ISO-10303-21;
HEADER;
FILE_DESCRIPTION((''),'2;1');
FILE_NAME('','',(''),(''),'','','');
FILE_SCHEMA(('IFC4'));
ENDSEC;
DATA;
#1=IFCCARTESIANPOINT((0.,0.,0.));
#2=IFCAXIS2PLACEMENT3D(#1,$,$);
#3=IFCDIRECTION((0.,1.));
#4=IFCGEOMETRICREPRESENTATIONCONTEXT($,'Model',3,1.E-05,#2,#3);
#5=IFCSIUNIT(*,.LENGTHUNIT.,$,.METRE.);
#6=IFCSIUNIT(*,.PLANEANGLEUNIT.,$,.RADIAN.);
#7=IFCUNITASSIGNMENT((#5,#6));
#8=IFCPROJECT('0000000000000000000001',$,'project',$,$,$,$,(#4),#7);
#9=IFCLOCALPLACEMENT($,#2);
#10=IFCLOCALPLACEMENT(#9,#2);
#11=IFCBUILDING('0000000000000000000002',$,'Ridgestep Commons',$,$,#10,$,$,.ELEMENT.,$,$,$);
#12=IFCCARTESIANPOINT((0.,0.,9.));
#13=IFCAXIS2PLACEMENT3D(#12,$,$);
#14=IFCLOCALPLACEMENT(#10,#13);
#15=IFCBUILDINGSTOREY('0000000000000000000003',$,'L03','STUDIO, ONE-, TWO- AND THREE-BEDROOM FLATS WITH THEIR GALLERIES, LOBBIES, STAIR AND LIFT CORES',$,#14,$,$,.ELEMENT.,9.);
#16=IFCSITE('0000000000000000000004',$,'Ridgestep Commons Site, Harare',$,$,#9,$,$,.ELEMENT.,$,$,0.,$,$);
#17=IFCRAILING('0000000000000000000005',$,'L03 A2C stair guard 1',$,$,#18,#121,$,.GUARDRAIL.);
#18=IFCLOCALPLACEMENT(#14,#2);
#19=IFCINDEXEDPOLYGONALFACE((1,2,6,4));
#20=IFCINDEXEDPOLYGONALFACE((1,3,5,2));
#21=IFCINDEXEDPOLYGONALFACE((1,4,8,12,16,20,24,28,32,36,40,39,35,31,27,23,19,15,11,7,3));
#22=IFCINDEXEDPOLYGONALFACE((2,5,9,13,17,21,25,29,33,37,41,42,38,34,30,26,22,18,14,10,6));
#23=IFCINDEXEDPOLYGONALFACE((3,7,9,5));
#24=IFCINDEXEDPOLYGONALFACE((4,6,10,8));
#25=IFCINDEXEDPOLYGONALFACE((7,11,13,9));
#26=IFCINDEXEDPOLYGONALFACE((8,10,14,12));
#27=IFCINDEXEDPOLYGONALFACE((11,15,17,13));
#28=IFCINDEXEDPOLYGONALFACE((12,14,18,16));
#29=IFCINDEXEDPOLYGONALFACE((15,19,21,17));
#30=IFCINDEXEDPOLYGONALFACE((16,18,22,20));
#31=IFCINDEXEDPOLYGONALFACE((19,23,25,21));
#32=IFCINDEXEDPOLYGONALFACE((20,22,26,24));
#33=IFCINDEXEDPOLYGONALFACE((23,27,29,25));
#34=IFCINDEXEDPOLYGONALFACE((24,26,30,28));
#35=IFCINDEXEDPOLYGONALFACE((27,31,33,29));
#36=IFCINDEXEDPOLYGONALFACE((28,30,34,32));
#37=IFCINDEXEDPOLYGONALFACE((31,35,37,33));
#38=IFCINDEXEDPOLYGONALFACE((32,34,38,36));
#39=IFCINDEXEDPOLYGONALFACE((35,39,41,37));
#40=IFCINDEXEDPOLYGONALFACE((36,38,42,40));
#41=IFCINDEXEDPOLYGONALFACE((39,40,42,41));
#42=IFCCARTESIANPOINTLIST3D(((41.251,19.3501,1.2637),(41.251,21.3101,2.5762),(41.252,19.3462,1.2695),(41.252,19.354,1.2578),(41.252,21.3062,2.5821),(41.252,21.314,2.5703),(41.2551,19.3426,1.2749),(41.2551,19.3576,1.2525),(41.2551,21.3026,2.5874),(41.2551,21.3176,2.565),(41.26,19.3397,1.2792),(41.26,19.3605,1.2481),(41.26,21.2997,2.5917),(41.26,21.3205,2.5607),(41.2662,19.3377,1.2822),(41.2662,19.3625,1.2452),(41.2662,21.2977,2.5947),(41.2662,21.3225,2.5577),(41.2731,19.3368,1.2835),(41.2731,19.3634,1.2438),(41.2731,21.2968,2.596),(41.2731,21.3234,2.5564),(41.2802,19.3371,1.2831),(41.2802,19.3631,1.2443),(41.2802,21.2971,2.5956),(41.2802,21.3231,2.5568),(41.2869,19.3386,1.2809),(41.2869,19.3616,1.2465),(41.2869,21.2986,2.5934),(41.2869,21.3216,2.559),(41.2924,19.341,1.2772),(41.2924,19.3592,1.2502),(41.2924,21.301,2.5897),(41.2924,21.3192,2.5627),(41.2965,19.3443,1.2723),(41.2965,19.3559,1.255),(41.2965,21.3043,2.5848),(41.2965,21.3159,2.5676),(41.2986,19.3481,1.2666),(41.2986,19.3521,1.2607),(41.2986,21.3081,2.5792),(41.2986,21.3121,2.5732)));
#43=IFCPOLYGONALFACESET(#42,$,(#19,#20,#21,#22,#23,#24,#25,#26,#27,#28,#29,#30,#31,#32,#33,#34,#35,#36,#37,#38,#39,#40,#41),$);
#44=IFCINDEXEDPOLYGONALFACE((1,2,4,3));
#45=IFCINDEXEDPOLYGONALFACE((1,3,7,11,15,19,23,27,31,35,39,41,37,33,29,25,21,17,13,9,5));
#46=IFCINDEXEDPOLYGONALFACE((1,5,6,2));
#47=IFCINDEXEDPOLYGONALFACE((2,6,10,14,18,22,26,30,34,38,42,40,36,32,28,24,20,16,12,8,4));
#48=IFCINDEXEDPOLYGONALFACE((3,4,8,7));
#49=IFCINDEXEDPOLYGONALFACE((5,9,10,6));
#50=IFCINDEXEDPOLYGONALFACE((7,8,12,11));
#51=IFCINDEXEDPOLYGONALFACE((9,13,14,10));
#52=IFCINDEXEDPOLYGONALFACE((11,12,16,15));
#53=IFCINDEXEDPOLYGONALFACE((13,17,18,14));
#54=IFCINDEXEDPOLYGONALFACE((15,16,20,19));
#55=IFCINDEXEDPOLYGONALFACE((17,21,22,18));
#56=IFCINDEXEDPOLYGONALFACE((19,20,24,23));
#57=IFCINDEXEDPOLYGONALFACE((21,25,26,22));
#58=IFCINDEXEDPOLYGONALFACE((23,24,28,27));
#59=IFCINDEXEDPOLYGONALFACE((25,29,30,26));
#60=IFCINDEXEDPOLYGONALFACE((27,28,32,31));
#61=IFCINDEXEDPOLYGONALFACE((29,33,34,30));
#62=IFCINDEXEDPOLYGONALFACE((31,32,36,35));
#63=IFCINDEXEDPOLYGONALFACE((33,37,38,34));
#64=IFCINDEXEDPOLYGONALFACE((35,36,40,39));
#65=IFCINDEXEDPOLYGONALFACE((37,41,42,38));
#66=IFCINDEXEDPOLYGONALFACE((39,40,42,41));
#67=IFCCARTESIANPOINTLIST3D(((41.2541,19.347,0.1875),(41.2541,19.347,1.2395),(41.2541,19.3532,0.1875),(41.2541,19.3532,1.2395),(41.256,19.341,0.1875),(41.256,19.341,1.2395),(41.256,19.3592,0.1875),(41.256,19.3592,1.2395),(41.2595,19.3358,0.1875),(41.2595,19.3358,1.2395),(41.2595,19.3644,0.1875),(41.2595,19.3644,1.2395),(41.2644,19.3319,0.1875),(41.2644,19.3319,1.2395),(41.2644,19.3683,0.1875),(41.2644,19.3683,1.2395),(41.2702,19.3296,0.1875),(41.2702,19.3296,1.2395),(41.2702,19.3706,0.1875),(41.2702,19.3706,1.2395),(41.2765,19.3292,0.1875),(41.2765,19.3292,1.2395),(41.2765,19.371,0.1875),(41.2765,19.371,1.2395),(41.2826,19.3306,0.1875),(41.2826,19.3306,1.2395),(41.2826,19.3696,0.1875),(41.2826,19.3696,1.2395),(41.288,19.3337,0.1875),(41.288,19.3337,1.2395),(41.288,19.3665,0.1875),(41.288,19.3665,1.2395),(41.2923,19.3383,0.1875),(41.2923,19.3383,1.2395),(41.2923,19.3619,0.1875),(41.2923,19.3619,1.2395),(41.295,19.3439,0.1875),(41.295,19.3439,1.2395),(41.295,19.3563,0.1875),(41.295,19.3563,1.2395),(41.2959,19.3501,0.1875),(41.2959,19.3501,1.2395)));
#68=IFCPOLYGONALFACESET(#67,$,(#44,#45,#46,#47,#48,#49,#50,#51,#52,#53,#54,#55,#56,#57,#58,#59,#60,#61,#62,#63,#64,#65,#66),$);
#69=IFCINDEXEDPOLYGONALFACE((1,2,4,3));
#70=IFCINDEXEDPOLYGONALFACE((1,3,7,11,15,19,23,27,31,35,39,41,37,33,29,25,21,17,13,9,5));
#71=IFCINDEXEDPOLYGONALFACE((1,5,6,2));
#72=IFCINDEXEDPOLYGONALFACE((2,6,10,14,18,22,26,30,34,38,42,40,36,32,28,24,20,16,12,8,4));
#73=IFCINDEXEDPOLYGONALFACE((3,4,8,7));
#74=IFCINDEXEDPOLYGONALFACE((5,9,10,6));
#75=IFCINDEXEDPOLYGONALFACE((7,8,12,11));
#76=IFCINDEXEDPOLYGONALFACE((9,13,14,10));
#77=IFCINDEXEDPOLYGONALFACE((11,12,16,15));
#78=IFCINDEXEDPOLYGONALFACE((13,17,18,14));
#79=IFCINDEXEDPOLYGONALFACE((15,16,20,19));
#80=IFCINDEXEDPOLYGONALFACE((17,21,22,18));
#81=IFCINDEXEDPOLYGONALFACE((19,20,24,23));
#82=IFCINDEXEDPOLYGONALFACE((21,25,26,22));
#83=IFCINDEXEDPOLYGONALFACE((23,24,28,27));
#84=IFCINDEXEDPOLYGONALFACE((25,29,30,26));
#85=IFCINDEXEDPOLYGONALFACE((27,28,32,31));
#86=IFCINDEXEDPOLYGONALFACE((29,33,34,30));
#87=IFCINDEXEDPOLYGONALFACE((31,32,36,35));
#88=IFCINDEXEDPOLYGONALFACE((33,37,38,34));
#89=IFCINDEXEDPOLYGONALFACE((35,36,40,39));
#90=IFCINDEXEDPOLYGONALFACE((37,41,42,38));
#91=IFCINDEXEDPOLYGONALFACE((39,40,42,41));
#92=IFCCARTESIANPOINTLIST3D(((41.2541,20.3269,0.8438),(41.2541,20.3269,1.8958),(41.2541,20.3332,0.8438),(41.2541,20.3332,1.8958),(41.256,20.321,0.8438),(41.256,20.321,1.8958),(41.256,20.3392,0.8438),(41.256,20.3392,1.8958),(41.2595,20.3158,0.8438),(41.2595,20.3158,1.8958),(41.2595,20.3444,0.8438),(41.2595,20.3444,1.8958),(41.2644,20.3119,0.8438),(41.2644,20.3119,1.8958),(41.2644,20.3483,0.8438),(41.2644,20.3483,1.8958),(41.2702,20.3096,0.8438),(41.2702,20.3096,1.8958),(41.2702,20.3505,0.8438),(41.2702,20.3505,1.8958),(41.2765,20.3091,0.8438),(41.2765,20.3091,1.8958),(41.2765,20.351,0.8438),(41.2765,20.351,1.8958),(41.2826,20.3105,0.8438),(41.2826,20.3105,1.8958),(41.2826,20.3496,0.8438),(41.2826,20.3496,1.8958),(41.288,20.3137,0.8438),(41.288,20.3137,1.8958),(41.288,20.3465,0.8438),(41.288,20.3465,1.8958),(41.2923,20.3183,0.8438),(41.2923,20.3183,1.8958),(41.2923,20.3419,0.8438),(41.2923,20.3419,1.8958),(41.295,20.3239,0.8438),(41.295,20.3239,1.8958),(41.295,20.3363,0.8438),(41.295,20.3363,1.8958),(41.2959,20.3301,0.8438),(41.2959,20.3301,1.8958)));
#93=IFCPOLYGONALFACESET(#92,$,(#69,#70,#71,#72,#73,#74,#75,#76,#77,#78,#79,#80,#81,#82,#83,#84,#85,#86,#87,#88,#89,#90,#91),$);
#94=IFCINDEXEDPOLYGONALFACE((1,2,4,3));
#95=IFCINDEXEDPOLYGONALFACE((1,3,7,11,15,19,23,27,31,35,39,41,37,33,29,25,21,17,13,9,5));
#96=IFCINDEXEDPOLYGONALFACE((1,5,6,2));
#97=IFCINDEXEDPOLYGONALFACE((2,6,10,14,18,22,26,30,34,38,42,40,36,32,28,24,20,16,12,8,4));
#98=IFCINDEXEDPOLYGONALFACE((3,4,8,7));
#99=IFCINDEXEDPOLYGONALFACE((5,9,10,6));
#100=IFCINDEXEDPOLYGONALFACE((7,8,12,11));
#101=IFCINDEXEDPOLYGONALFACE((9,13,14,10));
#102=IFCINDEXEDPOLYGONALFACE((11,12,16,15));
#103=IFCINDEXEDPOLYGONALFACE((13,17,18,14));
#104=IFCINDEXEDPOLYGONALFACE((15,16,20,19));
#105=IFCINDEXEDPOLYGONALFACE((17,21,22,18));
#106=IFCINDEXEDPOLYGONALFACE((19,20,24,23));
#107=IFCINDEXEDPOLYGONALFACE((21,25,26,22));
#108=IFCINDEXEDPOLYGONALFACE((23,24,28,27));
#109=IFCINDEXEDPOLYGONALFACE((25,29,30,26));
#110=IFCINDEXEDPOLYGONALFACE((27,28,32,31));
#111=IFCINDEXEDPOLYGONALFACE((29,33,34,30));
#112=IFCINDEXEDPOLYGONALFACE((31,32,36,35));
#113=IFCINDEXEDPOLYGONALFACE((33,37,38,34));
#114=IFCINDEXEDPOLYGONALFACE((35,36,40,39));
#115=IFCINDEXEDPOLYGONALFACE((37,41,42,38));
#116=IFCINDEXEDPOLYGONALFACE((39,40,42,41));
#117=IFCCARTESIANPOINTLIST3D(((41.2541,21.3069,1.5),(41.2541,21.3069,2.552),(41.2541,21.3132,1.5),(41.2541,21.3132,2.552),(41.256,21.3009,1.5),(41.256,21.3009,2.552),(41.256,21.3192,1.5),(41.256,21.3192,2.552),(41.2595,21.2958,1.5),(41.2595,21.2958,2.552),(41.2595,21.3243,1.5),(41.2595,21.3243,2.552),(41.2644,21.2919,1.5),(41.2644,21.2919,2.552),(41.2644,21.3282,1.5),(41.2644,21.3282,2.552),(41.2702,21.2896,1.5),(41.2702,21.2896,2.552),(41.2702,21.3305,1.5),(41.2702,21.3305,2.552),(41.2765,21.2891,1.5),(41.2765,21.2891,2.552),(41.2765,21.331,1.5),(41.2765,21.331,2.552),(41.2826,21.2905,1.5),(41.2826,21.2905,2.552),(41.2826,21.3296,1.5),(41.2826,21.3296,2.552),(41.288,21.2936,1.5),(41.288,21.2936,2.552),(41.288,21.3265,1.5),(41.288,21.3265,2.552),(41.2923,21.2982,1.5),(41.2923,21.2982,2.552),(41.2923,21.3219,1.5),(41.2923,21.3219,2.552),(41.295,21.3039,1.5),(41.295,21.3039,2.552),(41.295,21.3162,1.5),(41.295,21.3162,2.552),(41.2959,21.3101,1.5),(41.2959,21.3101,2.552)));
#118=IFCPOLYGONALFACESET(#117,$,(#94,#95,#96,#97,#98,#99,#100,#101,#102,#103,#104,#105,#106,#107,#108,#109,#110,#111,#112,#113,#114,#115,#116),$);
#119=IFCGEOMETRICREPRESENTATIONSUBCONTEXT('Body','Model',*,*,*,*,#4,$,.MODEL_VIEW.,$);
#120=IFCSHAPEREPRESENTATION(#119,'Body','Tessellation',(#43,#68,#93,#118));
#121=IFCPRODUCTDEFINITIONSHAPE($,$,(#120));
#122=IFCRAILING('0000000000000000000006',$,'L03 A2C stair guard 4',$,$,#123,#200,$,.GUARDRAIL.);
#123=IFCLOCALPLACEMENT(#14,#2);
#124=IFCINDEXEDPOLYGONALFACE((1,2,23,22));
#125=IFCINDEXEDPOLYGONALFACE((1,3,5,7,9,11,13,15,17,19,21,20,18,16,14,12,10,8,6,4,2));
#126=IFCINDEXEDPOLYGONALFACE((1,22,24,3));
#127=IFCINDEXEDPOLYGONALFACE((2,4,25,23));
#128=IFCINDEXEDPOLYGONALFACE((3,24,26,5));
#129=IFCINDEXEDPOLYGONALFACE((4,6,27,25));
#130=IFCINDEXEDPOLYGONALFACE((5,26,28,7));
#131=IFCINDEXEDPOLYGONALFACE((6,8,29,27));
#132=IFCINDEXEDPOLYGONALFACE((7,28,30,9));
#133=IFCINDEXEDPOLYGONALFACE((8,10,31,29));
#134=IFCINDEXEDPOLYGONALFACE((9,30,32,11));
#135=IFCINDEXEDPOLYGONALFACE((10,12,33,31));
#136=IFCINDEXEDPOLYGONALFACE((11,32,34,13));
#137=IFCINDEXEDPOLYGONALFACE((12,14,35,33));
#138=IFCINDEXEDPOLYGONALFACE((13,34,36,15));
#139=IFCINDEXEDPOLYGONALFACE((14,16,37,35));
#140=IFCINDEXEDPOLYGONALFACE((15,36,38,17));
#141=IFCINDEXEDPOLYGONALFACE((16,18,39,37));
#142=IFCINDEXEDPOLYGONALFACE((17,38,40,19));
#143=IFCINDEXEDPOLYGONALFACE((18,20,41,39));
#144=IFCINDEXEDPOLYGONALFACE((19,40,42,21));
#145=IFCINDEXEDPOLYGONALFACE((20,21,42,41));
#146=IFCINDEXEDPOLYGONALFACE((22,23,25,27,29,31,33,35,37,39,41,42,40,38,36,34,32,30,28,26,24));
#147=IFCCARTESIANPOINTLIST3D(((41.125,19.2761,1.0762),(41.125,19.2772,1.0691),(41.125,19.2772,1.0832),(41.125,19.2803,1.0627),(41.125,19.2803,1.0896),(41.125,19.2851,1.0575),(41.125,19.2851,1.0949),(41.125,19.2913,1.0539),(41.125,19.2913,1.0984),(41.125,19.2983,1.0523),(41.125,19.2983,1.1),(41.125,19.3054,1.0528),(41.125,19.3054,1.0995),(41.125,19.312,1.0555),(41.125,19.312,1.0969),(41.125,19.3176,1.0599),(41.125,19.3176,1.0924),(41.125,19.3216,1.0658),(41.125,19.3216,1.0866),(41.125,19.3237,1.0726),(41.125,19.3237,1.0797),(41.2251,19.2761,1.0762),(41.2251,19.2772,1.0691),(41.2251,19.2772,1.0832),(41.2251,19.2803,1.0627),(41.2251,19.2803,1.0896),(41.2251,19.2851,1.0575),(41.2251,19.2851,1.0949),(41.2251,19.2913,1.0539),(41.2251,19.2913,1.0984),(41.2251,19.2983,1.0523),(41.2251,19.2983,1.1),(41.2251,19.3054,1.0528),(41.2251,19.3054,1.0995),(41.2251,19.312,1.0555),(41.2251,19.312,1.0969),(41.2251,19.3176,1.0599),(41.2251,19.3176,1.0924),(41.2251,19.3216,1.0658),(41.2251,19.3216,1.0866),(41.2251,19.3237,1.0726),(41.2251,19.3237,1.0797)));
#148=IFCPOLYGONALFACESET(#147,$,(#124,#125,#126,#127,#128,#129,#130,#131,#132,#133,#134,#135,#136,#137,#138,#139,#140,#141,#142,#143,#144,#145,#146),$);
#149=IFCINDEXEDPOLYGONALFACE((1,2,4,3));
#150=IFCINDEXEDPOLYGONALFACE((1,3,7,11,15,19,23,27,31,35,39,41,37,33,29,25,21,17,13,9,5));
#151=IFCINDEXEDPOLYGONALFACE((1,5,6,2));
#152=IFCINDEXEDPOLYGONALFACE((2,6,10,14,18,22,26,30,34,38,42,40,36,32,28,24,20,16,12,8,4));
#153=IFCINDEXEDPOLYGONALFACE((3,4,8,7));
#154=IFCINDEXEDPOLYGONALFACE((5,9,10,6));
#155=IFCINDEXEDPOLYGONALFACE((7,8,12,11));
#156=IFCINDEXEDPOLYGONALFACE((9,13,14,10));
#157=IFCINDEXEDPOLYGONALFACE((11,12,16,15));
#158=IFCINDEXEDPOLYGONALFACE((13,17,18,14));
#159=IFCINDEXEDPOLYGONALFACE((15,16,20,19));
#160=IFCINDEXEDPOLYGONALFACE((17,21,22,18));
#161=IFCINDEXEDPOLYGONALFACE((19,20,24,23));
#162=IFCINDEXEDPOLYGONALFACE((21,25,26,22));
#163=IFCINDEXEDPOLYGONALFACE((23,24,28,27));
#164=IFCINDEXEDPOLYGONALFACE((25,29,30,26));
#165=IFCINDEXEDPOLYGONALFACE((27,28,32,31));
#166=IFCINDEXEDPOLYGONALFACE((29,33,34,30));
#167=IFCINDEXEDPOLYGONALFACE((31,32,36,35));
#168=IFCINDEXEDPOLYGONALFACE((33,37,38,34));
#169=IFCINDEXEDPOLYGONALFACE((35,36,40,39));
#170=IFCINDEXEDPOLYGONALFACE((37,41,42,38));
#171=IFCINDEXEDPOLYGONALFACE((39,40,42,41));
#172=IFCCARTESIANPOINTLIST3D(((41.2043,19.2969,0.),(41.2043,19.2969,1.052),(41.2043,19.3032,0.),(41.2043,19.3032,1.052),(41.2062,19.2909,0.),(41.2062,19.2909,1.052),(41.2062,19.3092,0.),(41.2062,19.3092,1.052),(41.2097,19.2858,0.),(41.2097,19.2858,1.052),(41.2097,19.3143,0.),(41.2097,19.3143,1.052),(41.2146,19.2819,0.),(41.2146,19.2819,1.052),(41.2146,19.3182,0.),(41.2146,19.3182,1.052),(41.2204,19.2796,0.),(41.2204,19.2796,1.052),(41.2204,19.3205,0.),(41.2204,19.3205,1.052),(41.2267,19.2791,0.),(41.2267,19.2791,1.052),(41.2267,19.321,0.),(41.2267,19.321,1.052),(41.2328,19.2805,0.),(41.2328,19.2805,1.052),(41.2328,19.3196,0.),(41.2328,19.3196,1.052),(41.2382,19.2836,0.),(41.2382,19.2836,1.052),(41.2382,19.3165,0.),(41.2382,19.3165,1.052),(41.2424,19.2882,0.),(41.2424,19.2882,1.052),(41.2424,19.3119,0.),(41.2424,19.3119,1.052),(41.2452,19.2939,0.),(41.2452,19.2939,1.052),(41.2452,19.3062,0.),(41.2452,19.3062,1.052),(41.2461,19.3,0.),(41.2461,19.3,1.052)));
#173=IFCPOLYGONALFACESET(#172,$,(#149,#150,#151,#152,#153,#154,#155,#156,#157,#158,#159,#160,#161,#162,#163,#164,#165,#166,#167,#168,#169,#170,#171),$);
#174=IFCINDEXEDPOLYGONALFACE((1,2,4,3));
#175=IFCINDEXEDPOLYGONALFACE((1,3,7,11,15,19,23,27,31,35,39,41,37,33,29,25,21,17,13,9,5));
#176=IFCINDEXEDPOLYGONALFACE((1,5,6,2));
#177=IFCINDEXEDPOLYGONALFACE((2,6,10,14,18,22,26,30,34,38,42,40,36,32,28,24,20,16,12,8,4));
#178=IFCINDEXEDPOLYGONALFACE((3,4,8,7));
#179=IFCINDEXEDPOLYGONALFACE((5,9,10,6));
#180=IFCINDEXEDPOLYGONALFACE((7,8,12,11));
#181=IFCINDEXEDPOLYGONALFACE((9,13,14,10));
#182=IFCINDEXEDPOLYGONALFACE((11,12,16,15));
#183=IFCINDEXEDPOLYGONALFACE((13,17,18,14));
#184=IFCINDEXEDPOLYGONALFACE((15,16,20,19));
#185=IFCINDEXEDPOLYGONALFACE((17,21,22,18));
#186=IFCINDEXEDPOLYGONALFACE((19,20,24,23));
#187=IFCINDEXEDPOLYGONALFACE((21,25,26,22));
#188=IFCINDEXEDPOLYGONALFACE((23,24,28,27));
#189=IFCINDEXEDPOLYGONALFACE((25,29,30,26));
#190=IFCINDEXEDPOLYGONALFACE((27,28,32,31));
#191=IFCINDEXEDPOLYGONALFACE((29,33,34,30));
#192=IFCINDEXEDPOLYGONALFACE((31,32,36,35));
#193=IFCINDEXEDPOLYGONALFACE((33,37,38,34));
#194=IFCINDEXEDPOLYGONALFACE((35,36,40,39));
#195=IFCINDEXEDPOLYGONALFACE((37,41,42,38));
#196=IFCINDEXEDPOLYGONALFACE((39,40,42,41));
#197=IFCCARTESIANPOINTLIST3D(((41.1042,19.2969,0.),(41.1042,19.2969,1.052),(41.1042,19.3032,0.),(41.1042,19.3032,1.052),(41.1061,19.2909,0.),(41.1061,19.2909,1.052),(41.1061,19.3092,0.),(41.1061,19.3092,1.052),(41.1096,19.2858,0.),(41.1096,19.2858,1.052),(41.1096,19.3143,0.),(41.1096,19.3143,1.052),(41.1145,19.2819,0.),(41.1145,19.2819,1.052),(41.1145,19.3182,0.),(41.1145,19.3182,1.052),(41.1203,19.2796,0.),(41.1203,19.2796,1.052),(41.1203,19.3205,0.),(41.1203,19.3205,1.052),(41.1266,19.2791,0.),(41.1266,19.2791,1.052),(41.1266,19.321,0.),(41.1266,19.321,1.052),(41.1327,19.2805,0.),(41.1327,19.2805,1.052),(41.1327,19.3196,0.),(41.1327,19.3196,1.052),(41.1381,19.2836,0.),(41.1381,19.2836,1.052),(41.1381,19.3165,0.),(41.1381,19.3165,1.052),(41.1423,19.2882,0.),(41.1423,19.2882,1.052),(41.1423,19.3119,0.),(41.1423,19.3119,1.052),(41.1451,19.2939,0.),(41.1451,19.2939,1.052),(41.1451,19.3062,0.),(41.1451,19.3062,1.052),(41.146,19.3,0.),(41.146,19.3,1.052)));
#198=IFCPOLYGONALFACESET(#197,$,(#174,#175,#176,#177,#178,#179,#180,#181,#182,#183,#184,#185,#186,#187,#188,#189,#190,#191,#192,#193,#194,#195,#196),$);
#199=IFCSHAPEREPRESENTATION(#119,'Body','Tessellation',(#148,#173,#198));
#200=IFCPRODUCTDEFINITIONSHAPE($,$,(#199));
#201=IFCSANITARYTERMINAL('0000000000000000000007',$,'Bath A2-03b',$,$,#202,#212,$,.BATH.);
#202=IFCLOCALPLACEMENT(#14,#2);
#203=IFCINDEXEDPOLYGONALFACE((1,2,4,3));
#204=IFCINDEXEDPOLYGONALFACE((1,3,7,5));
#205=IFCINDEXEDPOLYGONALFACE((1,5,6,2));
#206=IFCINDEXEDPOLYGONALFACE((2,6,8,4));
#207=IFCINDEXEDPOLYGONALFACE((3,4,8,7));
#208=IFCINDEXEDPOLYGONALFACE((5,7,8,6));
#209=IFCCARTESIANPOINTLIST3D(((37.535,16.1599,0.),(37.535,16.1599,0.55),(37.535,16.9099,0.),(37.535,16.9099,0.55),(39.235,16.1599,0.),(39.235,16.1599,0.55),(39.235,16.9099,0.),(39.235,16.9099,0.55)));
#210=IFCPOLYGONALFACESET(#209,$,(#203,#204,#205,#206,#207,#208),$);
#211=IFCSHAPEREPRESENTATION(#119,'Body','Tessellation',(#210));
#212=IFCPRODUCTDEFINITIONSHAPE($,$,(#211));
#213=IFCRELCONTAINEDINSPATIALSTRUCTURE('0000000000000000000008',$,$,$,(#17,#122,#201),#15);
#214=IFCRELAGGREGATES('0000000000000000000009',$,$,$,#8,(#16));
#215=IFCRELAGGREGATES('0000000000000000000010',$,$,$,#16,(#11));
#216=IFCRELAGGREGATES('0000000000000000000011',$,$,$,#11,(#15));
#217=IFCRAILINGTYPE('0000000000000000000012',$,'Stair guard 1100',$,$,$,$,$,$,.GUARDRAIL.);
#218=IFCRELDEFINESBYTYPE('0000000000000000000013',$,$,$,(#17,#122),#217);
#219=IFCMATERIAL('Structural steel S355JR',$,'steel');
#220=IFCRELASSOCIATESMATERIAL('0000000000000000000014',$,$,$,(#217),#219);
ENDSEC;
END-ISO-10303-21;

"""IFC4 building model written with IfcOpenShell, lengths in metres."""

from ifc_helpers import new_model, si_unit, direction, frame, origin, origin_2d, place, context, subcontext, project, spatial, rectangle, circle, extrude, material, type_object, element, save


model = new_model("IFC4")

# Units and contexts
model_context = context("Model", 3, precision=1e-05, world=origin(), true_north=direction((0.0, 1.0)))
body_context = subcontext(model_context, "Body", "Model", "MODEL_VIEW")
ifc_project = project(units=[si_unit("LENGTHUNIT", "METRE"), si_unit("PLANEANGLEUNIT", "RADIAN")], contexts=[model_context])

# Site, building, storey
site_placement = place(None, origin())
site = spatial("IfcSite", under=ifc_project, at=site_placement, Name="Ridgestep Commons Site, Harare", CompositionType="ELEMENT", RefElevation=0.0)
building_placement = place(site_placement, origin())
building = spatial("IfcBuilding", under=site, at=building_placement, Name="Ridgestep Commons", CompositionType="ELEMENT")
storey_placement = place(building_placement, frame((0.0, 0.0, 9.0)))
storey = spatial("IfcBuildingStorey", under=building, at=storey_placement, Name="L03", Description="STUDIO, ONE-, TWO- AND THREE-BEDROOM FLATS WITH THEIR GALLERIES, LOBBIES, STAIR AND LIFT CORES", CompositionType="ELEMENT", Elevation=9.0)

# Railings
ifc_material_1 = material(Name="Structural steel S355JR", Category="steel")
railing_type = type_object("IfcRailingType", Name="Stair guard 1100", PredefinedType="GUARDRAIL", material=ifc_material_1)
railing_1_placement = place(storey_placement, frame((41.2749, 19.3501, 0.1875)))
element("IfcRailing", 1, at=railing_1_placement, inside=storey, type_object=railing_type, Name="L03 A2C stair guard 1", PredefinedType="GUARDRAIL", context=body_context, shape_type="SweptSolid", body=[
    extrude(circle(Radius=0.0239, at=origin_2d()), frame((0.0, 0.0, 1.0762), z_axis=(0.0, 0.830902, 0.556419), x_axis=(-1.0, 0.0, 0.0)), (0.0, 0.0, 1.0), 2.3589),
    extrude(circle(Radius=0.021, at=origin_2d()), origin(), (0.0, 0.0, 1.0), 1.052),
    extrude(circle(Radius=0.021, at=origin_2d()), frame((0.0, 0.98, 0.6562)), (0.0, 0.0, 1.0), 1.052),
    extrude(circle(Radius=0.021, at=origin_2d()), frame((0.0, 1.96, 1.3125)), (0.0, 0.0, 1.0), 1.052),
])
railing_2_placement = place(storey_placement, frame((41.2251, 19.3, 0.0)))
element("IfcRailing", 2, at=railing_2_placement, inside=storey, type_object=railing_type, Name="L03 A2C stair guard 4", PredefinedType="GUARDRAIL", context=body_context, shape_type="SweptSolid", body=[
    extrude(circle(Radius=0.0239, at=origin_2d()), frame((0.0, 0.0, 1.0762), z_axis=(-1.0, 0.0, 0.0), x_axis=(0.0, -1.0, 0.0)), (0.0, 0.0, 1.0), 0.1001),
    extrude(circle(Radius=0.021, at=origin_2d()), origin(), (0.0, 0.0, 1.0), 1.052),
    extrude(circle(Radius=0.021, at=origin_2d()), frame((-0.1001, 0.0, 0.0)), (0.0, 0.0, 1.0), 1.052),
])

# Sanitary terminal
sanitary_terminal_1_placement = place(storey_placement, frame((38.385, 16.5349, 0.0), z_axis=(0.0, 0.0, 1.0), x_axis=(1.0, 0.0, 0.0)))
element("IfcSanitaryTerminal", 3, at=sanitary_terminal_1_placement, inside=storey, Name="Bath A2-03b", PredefinedType="BATH", context=body_context, shape_type="SweptSolid", body=[
    extrude(rectangle(XDim=1.7, YDim=0.75, at=origin_2d()), origin(), (0.0, 0.0, 1.0), 0.55),
])

save(model, "model.ifc")
